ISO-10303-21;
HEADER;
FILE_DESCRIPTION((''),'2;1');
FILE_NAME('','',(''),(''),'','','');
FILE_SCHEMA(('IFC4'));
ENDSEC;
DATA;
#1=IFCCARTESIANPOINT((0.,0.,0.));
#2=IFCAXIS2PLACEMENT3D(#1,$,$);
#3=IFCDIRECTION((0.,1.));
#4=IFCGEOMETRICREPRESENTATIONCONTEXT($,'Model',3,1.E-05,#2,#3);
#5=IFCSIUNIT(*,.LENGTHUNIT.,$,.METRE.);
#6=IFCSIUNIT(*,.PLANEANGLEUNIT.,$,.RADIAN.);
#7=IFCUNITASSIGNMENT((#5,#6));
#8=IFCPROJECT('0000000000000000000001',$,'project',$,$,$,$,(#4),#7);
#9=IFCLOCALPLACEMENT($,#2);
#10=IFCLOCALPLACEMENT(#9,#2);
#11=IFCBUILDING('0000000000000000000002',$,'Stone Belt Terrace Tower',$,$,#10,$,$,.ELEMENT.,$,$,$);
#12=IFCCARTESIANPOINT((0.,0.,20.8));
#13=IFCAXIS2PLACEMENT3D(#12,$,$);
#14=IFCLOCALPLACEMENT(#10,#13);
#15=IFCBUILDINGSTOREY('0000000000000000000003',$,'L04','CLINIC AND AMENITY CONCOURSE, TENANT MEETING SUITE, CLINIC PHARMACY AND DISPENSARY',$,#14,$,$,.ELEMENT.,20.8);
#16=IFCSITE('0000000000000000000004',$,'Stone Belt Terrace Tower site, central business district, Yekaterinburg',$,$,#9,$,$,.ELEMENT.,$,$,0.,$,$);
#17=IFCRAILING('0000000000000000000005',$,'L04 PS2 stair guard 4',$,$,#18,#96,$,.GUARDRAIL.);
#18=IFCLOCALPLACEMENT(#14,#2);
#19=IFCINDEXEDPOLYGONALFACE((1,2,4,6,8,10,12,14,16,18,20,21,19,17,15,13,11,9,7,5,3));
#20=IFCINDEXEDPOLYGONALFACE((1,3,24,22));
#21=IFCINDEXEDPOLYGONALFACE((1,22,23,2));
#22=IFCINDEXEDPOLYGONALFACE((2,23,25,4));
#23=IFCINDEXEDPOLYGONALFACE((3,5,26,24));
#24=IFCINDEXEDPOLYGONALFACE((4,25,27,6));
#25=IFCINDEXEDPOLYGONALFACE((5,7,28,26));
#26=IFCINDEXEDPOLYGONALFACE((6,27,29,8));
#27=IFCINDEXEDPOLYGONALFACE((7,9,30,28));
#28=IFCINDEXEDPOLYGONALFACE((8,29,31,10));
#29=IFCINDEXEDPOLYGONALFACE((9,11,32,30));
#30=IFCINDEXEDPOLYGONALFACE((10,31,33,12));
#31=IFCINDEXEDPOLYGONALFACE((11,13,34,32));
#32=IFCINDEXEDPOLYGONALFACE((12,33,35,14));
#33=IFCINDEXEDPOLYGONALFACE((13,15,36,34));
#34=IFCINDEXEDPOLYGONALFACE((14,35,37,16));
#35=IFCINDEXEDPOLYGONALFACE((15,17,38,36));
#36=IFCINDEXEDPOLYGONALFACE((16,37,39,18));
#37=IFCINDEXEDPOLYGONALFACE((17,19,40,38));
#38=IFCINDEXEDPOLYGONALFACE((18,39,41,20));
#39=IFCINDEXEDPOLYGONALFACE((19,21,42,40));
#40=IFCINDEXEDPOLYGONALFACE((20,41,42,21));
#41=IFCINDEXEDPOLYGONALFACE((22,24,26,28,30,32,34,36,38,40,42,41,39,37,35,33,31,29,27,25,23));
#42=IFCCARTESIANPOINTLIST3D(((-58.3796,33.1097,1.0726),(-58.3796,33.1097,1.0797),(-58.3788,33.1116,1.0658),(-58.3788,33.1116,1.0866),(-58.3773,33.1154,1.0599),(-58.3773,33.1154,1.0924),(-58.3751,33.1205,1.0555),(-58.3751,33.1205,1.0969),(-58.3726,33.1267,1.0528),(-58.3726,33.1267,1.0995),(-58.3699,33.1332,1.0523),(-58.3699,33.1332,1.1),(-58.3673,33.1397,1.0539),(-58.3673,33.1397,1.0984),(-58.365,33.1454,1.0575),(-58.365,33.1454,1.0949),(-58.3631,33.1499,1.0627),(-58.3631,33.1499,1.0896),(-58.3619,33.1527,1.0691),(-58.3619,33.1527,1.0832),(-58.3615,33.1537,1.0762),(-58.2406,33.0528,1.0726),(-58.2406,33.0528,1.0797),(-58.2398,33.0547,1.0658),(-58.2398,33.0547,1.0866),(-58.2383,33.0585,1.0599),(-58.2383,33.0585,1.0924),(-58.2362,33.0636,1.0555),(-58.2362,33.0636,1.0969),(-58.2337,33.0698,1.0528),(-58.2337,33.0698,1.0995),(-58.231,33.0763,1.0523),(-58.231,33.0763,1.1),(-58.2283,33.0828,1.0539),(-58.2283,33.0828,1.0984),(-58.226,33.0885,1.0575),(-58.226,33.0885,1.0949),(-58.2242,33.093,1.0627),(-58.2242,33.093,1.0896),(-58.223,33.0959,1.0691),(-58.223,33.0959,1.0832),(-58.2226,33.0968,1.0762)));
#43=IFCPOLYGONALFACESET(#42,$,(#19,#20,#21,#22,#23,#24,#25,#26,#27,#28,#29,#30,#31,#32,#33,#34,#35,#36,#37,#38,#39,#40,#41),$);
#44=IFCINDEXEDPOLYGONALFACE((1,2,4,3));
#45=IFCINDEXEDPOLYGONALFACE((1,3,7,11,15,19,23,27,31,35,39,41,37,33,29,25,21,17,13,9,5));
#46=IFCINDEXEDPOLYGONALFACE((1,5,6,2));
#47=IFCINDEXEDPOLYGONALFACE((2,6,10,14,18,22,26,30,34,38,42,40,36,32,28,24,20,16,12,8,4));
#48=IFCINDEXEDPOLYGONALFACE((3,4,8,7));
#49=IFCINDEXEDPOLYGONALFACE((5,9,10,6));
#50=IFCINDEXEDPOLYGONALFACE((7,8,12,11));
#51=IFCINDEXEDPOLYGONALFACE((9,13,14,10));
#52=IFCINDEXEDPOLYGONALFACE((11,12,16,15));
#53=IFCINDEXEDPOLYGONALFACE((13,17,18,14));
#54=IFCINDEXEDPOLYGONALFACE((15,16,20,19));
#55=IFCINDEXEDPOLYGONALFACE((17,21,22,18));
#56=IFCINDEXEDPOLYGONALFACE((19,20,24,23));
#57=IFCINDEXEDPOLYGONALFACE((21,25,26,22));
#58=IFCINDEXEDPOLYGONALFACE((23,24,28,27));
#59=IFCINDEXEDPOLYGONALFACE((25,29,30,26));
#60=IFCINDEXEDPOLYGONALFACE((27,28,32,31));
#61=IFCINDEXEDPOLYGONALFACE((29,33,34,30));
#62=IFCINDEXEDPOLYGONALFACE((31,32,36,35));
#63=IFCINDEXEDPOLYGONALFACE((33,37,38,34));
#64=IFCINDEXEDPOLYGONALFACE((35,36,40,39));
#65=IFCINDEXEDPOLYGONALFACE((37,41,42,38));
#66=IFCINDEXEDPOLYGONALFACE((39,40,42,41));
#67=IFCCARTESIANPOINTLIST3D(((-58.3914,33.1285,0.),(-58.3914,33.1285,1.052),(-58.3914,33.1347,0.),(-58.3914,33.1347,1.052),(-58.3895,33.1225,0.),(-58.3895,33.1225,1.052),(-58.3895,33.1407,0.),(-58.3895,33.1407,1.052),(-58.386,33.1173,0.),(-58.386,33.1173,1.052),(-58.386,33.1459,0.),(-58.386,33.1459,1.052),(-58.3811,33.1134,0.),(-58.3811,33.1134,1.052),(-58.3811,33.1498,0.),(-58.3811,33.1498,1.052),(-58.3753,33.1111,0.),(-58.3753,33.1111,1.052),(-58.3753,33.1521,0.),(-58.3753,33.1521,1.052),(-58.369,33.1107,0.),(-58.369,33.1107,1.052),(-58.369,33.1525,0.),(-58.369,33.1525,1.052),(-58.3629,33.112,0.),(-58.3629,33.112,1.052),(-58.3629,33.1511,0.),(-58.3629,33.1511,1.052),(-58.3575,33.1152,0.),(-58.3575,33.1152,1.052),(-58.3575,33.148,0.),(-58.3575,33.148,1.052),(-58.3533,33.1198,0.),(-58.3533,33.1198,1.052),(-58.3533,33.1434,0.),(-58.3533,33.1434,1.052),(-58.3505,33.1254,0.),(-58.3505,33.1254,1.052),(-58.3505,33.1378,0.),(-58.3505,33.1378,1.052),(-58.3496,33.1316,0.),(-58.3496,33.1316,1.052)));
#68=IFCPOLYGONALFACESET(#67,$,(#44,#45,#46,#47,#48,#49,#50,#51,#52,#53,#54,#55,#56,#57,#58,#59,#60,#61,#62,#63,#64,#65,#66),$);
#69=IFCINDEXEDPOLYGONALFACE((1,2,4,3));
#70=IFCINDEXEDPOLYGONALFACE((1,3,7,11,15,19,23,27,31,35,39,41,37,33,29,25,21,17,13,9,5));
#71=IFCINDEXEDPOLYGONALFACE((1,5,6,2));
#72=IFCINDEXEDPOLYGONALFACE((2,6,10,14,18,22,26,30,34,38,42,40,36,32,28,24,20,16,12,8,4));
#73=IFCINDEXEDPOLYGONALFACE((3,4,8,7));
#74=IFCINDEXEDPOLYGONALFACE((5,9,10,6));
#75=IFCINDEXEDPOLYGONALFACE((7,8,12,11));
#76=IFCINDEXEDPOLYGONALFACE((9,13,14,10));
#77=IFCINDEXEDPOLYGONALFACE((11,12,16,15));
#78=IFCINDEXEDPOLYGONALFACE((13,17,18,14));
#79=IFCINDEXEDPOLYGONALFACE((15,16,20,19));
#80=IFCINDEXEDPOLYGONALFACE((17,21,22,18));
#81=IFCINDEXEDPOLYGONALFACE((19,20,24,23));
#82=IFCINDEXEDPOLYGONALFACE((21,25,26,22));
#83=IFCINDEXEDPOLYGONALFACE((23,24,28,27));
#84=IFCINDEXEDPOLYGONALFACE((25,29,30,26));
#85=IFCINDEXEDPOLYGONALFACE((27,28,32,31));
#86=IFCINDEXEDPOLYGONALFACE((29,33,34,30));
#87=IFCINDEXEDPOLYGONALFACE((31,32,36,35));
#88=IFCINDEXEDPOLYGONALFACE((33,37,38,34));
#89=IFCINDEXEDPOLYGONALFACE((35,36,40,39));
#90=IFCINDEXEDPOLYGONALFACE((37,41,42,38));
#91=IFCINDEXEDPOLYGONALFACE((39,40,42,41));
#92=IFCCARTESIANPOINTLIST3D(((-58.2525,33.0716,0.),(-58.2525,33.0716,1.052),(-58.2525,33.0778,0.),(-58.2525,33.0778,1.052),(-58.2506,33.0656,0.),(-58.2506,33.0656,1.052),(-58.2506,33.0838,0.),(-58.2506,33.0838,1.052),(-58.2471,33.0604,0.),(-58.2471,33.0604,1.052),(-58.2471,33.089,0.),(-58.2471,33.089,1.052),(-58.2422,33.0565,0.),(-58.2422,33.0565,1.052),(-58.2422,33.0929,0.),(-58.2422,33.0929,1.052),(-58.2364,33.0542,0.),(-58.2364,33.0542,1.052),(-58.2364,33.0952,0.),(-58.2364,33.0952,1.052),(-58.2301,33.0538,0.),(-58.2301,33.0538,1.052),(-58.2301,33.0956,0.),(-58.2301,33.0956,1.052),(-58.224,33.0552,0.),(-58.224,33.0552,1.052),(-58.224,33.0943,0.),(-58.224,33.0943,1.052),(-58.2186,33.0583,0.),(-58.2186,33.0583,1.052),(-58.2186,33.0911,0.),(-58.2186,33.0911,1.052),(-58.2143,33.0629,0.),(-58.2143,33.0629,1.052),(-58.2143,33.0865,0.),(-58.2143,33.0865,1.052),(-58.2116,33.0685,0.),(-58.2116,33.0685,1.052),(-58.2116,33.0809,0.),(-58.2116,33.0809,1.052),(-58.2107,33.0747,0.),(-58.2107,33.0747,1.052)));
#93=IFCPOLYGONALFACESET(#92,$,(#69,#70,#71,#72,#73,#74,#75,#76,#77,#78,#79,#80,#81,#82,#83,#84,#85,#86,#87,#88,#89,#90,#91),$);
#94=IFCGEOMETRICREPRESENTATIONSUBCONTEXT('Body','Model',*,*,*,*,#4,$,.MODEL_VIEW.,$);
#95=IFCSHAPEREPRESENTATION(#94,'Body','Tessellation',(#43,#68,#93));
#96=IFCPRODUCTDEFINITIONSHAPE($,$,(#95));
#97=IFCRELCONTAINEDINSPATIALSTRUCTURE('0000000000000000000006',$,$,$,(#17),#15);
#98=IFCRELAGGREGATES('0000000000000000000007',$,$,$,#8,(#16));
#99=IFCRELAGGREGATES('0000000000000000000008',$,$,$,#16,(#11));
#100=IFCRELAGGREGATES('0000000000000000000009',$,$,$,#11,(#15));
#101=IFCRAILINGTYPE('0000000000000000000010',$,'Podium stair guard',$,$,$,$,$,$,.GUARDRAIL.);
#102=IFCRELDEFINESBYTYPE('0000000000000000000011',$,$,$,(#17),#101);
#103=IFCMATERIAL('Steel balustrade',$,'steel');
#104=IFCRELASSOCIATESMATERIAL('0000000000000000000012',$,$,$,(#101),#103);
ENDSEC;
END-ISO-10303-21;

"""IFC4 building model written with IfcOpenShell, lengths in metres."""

from ifc_helpers import new_model, si_unit, direction, frame, origin, origin_2d, place, context, subcontext, project, spatial, circle, extrude, material, type_object, element, save


model = new_model("IFC4")

# Units and contexts
model_context = context("Model", 3, precision=1e-05, world=origin(), true_north=direction((0.0, 1.0)))
body_context = subcontext(model_context, "Body", "Model", "MODEL_VIEW")
ifc_project = project(units=[si_unit("LENGTHUNIT", "METRE"), si_unit("PLANEANGLEUNIT", "RADIAN")], contexts=[model_context])

# Site, building, storey
site_placement = place(None, origin())
site = spatial("IfcSite", under=ifc_project, at=site_placement, Name="Stone Belt Terrace Tower site, central business district, Yekaterinburg", CompositionType="ELEMENT", RefElevation=0.0)
building_placement = place(site_placement, origin())
building = spatial("IfcBuilding", under=site, at=building_placement, Name="Stone Belt Terrace Tower", CompositionType="ELEMENT")
storey_placement = place(building_placement, frame((0.0, 0.0, 20.8)))
storey = spatial("IfcBuildingStorey", under=building, at=storey_placement, Name="L04", Description="CLINIC AND AMENITY CONCOURSE, TENANT MEETING SUITE, CLINIC PHARMACY AND DISPENSARY", CompositionType="ELEMENT", Elevation=20.8)

# Railing
ifc_material_1 = material(Name="Steel balustrade", Category="steel")
railing_type_1 = type_object("IfcRailingType", Name="Podium stair guard", PredefinedType="GUARDRAIL", material=ifc_material_1)
railing_1_placement = place(storey_placement, frame((-58.3706, 33.1316, 0.0)))
element("IfcRailing", 1, at=railing_1_placement, inside=storey, type_object=railing_type_1, Name="L04 PS2 stair guard 4", PredefinedType="GUARDRAIL", context=body_context, shape_type="SweptSolid", body=[
    extrude(circle(Radius=0.0239, at=origin_2d()), frame((0.0, 0.0, 1.0762), z_axis=(0.925417, -0.378949, 0.0), x_axis=(0.378949, 0.925417, 0.0)), (0.0, 0.0, 1.0), 0.1501),
    extrude(circle(Radius=0.021, at=origin_2d()), origin(), (0.0, 0.0, 1.0), 1.052),
    extrude(circle(Radius=0.021, at=origin_2d()), frame((0.1389, -0.0569, 0.0)), (0.0, 0.0, 1.0), 1.052),
])

save(model, "model.ifc")
